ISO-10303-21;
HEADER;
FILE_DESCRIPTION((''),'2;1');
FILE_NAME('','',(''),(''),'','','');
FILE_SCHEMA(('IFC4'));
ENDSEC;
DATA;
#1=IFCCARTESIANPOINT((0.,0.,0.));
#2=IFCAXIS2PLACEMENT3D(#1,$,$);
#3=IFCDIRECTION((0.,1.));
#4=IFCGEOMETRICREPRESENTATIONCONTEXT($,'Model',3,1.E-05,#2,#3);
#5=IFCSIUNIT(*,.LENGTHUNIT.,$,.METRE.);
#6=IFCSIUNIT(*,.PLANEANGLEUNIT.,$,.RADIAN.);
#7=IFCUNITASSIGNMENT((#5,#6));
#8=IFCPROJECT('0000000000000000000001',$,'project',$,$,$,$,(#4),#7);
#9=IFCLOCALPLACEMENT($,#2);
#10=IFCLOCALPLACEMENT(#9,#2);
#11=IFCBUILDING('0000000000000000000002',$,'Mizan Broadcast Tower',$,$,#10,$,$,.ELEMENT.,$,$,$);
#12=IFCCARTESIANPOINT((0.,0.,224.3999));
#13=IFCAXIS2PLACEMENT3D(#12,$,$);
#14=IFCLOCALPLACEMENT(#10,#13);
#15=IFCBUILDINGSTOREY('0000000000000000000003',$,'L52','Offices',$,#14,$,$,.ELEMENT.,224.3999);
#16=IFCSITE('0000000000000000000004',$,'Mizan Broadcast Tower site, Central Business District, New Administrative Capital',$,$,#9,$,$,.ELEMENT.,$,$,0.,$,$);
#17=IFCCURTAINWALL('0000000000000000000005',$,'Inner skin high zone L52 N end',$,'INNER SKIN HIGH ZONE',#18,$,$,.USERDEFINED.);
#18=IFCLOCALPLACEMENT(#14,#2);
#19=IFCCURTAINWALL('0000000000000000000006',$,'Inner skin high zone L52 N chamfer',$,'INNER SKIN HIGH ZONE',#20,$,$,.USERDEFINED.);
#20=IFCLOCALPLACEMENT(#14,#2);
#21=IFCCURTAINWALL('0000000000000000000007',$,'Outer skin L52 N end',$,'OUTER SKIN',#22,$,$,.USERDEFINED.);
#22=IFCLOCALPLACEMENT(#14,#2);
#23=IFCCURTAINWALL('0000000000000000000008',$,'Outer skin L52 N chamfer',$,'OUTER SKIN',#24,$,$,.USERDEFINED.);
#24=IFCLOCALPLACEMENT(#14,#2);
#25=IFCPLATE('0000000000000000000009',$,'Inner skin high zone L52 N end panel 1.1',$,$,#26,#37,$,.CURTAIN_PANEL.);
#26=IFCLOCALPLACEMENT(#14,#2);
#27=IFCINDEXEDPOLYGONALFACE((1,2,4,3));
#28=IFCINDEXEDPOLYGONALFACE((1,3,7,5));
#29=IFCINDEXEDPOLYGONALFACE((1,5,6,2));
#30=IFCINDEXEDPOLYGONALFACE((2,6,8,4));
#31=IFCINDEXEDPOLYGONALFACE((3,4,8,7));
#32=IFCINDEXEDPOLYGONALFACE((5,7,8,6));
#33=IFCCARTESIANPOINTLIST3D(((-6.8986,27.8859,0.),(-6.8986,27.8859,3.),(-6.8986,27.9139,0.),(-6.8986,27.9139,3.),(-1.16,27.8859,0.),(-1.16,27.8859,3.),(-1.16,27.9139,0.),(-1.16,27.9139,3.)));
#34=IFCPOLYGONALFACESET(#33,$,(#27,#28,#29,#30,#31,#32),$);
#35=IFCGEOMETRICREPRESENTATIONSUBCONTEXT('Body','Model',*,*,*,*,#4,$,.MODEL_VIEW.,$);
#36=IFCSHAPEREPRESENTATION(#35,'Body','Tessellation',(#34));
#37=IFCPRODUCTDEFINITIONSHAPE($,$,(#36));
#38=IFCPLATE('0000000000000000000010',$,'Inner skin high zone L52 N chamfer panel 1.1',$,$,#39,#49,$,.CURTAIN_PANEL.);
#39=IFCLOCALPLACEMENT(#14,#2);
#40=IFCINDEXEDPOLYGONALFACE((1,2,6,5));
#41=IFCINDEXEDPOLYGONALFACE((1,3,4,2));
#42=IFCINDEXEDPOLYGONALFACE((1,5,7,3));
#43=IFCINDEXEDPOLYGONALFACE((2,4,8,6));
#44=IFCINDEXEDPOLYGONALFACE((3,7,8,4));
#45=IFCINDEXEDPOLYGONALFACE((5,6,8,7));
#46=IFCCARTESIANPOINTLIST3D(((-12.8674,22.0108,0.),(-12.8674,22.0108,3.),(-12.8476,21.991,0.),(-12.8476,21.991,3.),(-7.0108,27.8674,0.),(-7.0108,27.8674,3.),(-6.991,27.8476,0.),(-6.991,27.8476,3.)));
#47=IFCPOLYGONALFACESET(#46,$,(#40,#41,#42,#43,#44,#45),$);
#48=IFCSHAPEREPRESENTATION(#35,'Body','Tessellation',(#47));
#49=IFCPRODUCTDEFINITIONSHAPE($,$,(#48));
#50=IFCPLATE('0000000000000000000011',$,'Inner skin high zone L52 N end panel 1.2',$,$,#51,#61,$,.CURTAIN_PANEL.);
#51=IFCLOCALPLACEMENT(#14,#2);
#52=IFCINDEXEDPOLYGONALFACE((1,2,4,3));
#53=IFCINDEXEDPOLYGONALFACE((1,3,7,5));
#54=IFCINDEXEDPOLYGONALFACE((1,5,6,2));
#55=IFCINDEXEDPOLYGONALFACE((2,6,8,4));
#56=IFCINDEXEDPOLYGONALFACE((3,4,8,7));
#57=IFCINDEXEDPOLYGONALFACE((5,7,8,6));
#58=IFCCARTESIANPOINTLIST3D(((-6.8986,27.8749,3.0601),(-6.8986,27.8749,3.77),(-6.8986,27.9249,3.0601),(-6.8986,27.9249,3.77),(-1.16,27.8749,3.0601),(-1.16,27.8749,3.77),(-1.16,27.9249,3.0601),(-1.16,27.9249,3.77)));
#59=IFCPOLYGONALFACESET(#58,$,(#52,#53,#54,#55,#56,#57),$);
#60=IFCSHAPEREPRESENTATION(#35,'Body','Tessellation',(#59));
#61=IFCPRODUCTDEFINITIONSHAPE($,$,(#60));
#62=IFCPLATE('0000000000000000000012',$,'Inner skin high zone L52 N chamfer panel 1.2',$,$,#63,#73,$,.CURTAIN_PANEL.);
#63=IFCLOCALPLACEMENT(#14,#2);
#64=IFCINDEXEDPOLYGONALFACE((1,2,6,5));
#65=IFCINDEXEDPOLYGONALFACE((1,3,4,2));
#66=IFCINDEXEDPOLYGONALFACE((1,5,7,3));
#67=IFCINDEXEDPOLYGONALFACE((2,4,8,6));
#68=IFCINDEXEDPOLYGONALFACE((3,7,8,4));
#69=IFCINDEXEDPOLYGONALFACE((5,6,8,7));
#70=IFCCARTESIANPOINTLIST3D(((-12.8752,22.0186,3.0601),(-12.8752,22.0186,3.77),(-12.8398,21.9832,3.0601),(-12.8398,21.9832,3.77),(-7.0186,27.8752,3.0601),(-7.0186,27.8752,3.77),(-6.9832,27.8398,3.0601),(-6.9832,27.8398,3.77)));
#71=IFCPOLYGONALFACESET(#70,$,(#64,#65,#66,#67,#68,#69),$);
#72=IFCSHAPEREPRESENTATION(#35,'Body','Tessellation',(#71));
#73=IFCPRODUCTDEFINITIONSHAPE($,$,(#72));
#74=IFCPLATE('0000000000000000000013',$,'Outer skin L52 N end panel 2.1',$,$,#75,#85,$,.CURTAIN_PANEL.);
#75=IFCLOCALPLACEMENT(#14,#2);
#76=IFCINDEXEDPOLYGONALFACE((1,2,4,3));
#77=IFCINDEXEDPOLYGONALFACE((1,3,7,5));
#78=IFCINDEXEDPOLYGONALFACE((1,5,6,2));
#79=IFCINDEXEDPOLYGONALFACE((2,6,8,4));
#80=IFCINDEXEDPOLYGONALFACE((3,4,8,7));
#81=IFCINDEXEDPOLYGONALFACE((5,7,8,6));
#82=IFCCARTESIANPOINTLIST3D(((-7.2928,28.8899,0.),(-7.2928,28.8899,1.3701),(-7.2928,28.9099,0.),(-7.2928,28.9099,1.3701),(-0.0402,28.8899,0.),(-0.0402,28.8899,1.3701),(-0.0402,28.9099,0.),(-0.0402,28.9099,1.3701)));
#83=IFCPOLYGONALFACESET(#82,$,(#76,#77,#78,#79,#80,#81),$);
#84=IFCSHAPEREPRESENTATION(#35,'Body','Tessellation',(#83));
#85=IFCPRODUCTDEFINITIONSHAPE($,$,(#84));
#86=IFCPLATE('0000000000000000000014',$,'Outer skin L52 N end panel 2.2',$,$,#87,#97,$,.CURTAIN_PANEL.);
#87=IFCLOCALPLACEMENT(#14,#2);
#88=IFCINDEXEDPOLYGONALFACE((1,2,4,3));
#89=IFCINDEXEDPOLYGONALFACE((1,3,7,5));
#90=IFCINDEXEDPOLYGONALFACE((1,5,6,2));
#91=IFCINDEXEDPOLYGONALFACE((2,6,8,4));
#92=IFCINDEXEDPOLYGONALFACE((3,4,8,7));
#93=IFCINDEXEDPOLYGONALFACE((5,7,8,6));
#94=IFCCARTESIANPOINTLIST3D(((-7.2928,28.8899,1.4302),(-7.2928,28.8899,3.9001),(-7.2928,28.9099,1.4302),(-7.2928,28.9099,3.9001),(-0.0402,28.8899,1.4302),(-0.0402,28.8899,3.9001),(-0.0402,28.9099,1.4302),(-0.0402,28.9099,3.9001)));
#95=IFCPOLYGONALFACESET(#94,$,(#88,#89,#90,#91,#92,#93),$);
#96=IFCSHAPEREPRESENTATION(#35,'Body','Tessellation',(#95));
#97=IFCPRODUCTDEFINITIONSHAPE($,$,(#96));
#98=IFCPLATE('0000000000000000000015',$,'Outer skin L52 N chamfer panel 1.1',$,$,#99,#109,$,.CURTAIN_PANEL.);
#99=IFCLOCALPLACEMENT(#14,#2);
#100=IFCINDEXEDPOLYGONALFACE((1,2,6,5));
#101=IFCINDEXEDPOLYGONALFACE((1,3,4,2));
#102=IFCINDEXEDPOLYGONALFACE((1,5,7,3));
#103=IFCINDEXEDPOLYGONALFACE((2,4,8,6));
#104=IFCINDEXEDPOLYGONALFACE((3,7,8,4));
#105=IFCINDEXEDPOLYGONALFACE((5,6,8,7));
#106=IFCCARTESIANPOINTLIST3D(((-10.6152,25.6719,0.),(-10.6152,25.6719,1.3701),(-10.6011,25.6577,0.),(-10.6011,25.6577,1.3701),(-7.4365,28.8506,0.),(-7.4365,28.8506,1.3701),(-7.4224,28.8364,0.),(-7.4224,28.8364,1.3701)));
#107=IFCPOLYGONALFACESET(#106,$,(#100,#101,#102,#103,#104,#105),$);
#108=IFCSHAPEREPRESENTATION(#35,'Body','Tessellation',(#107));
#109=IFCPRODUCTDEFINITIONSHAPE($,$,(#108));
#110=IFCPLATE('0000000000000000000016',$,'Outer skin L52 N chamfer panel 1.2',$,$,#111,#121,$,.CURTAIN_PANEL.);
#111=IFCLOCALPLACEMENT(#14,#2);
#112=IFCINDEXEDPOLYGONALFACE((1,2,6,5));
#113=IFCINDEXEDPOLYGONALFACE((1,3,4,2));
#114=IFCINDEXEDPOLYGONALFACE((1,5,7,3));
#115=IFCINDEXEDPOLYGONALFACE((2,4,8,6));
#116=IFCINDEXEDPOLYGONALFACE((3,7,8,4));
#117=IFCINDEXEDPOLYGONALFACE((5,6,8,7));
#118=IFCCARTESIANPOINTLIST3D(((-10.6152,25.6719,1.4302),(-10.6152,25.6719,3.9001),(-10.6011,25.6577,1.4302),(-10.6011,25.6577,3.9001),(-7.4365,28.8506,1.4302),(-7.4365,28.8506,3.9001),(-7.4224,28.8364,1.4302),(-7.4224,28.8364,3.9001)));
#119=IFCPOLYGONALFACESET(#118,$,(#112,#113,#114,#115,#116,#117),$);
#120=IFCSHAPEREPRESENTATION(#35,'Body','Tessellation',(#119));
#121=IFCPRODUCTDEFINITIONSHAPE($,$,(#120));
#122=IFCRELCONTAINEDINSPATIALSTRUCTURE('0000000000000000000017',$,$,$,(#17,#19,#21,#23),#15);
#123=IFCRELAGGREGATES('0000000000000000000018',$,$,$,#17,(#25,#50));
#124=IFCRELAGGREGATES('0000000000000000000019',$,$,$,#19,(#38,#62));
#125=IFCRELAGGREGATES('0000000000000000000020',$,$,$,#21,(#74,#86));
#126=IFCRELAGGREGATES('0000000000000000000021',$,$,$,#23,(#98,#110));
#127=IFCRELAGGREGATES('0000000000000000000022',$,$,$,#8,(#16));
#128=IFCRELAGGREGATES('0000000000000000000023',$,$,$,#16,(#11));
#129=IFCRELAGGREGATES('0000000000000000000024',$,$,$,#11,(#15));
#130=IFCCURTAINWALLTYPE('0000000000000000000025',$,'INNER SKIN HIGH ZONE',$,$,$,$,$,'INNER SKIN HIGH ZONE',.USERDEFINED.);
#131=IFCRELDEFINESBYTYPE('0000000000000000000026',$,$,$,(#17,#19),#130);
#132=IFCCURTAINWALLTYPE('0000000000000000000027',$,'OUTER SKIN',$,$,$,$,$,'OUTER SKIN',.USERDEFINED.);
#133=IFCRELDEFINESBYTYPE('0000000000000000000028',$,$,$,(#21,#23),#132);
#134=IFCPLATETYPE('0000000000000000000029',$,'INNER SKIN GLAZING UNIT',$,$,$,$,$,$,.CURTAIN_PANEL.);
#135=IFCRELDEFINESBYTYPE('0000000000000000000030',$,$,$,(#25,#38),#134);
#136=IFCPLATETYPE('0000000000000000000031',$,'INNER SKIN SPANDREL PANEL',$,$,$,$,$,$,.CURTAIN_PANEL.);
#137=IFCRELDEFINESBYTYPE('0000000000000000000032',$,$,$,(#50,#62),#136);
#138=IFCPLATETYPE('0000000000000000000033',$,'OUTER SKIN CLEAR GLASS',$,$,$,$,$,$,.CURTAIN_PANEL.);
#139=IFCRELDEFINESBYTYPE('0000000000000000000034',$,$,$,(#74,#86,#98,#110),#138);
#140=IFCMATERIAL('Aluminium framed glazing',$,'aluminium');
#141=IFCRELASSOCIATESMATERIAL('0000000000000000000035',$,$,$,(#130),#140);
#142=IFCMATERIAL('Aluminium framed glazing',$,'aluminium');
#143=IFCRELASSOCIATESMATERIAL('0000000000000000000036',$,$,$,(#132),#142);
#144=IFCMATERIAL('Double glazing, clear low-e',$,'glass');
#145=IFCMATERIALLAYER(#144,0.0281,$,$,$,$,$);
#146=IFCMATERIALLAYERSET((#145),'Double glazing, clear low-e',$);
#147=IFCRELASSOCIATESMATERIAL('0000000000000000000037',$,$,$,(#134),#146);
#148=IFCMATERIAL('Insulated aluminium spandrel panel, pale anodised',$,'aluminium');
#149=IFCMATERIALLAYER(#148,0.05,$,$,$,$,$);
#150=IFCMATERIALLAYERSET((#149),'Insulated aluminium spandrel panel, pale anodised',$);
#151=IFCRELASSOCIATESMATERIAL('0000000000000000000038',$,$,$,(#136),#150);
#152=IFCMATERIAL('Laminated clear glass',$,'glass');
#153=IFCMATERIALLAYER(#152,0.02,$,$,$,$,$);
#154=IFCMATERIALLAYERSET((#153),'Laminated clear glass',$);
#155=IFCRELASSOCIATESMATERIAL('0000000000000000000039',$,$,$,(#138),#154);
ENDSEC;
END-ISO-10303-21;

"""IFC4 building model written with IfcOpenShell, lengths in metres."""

from ifc_helpers import new_model, si_unit, direction, frame, origin, origin_2d, place, context, subcontext, project, spatial, rectangle, extrude, material, layer, layer_set, type_object, element, aggregate, save


model = new_model("IFC4")

# Units and contexts
model_context = context("Model", 3, precision=1e-05, world=origin(), true_north=direction((0.0, 1.0)))
body_context = subcontext(model_context, "Body", "Model", "MODEL_VIEW")
ifc_project = project(units=[si_unit("LENGTHUNIT", "METRE"), si_unit("PLANEANGLEUNIT", "RADIAN")], contexts=[model_context])

# Site, building, storey
site_placement = place(None, origin())
site = spatial("IfcSite", under=ifc_project, at=site_placement, Name="Mizan Broadcast Tower site, Central Business District, New Administrative Capital", CompositionType="ELEMENT", RefElevation=0.0)
building_placement = place(site_placement, origin())
building = spatial("IfcBuilding", under=site, at=building_placement, Name="Mizan Broadcast Tower", CompositionType="ELEMENT")
storey_placement = place(building_placement, frame((0.0, 0.0, 224.3999)))
storey = spatial("IfcBuildingStorey", under=building, at=storey_placement, Name="L52", Description="Offices", CompositionType="ELEMENT", Elevation=224.3999)

# Curtain wall
ifc_material_1 = material(Name="Aluminium framed glazing", Category="aluminium")
curtain_wall_type_1 = type_object("IfcCurtainWallType", Name="INNER SKIN HIGH ZONE", ElementType="INNER SKIN HIGH ZONE", PredefinedType="USERDEFINED", material=ifc_material_1)
curtain_wall_1_placement = place(storey_placement, origin())
curtain_wall_1 = element("IfcCurtainWall", 1, at=curtain_wall_1_placement, inside=storey, type_object=curtain_wall_type_1, Name="Inner skin high zone L52 N end", ObjectType="INNER SKIN HIGH ZONE", PredefinedType="USERDEFINED")

# Curtain walls
curtain_wall_2_placement = place(storey_placement, origin())
curtain_wall_2 = element("IfcCurtainWall", 2, at=curtain_wall_2_placement, inside=storey, type_object=curtain_wall_type_1, Name="Inner skin high zone L52 N chamfer", ObjectType="INNER SKIN HIGH ZONE", PredefinedType="USERDEFINED")
ifc_material_2 = material(Name="Aluminium framed glazing", Category="aluminium")
curtain_wall_type_2 = type_object("IfcCurtainWallType", Name="OUTER SKIN", ElementType="OUTER SKIN", PredefinedType="USERDEFINED", material=ifc_material_2)
curtain_wall_3_placement = place(storey_placement, origin())
curtain_wall_3 = element("IfcCurtainWall", 3, at=curtain_wall_3_placement, inside=storey, type_object=curtain_wall_type_2, Name="Outer skin L52 N end", ObjectType="OUTER SKIN", PredefinedType="USERDEFINED")
curtain_wall_4_placement = place(storey_placement, origin())
curtain_wall_4 = element("IfcCurtainWall", 4, at=curtain_wall_4_placement, inside=storey, type_object=curtain_wall_type_2, Name="Outer skin L52 N chamfer", ObjectType="OUTER SKIN", PredefinedType="USERDEFINED")

# Plates
ifc_material_3 = material(Name="Double glazing, clear low-e", Category="glass")
ifc_layer_1 = layer(ifc_material_3, 0.0281)
ifc_layer_set_1 = layer_set([ifc_layer_1], Name="Double glazing, clear low-e")
plate_type_1 = type_object("IfcPlateType", Name="INNER SKIN GLAZING UNIT", PredefinedType="CURTAIN_PANEL", material=ifc_layer_set_1)
plate_1_placement = place(storey_placement, frame((-4.0293, 27.8999, 0.0), z_axis=(0.0, 0.0, 1.0), x_axis=(-1.0, 0.0, 0.0)))
plate_1 = element("IfcPlate", 5, at=plate_1_placement, type_object=plate_type_1, Name="Inner skin high zone L52 N end panel 1.1", PredefinedType="CURTAIN_PANEL", context=body_context, shape_type="SweptSolid", body=[
    extrude(rectangle(XDim=5.7385, YDim=0.0281, at=origin_2d()), origin(), (0.0, 0.0, 1.0), 3.0),
])
plate_2_placement = place(storey_placement, frame((-9.9292, 24.9292, 0.0), z_axis=(0.0, 0.0, 1.0), x_axis=(-0.707107, -0.707107, 0.0)))
plate_2 = element("IfcPlate", 6, at=plate_2_placement, type_object=plate_type_1, Name="Inner skin high zone L52 N chamfer panel 1.1", PredefinedType="CURTAIN_PANEL", context=body_context, shape_type="SweptSolid", body=[
    extrude(rectangle(XDim=8.2825, YDim=0.0281, at=origin_2d()), origin(), (0.0, 0.0, 1.0), 3.0),
])
ifc_material_4 = material(Name="Insulated aluminium spandrel panel, pale anodised", Category="aluminium")
ifc_layer_2 = layer(ifc_material_4, 0.05)
ifc_layer_set_2 = layer_set([ifc_layer_2], Name="Insulated aluminium spandrel panel, pale anodised")
plate_type_2 = type_object("IfcPlateType", Name="INNER SKIN SPANDREL PANEL", PredefinedType="CURTAIN_PANEL", material=ifc_layer_set_2)
plate_3_placement = place(storey_placement, frame((-4.0293, 27.8999, 3.0601), z_axis=(0.0, 0.0, 1.0), x_axis=(-1.0, 0.0, 0.0)))
plate_3 = element("IfcPlate", 7, at=plate_3_placement, type_object=plate_type_2, Name="Inner skin high zone L52 N end panel 1.2", PredefinedType="CURTAIN_PANEL", context=body_context, shape_type="SweptSolid", body=[
    extrude(rectangle(XDim=5.7385, YDim=0.05, at=origin_2d()), origin(), (0.0, 0.0, 1.0), 0.71),
])
aggregate(curtain_wall_1, [plate_1, plate_3])
plate_4_placement = place(storey_placement, frame((-9.9292, 24.9292, 3.0601), z_axis=(0.0, 0.0, 1.0), x_axis=(-0.707107, -0.707107, 0.0)))
plate_4 = element("IfcPlate", 8, at=plate_4_placement, type_object=plate_type_2, Name="Inner skin high zone L52 N chamfer panel 1.2", PredefinedType="CURTAIN_PANEL", context=body_context, shape_type="SweptSolid", body=[
    extrude(rectangle(XDim=8.2825, YDim=0.05, at=origin_2d()), origin(), (0.0, 0.0, 1.0), 0.71),
])
aggregate(curtain_wall_2, [plate_2, plate_4])
ifc_material_5 = material(Name="Laminated clear glass", Category="glass")
ifc_layer_3 = layer(ifc_material_5, 0.02)
ifc_layer_set_3 = layer_set([ifc_layer_3], Name="Laminated clear glass")
plate_type_3 = type_object("IfcPlateType", Name="OUTER SKIN CLEAR GLASS", PredefinedType="CURTAIN_PANEL", material=ifc_layer_set_3)
plate_5_placement = place(storey_placement, frame((-3.6665, 28.8999, 0.0), z_axis=(0.0, 0.0, 1.0), x_axis=(-1.0, 0.0, 0.0)))
plate_5 = element("IfcPlate", 9, at=plate_5_placement, type_object=plate_type_3, Name="Outer skin L52 N end panel 2.1", PredefinedType="CURTAIN_PANEL", context=body_context, shape_type="SweptSolid", body=[
    extrude(rectangle(XDim=7.2527, YDim=0.02, at=origin_2d()), origin(), (0.0, 0.0, 1.0), 1.3701),
])
plate_6_placement = place(storey_placement, frame((-3.6665, 28.8999, 1.4302), z_axis=(0.0, 0.0, 1.0), x_axis=(-1.0, 0.0, 0.0)))
plate_6 = element("IfcPlate", 10, at=plate_6_placement, type_object=plate_type_3, Name="Outer skin L52 N end panel 2.2", PredefinedType="CURTAIN_PANEL", context=body_context, shape_type="SweptSolid", body=[
    extrude(rectangle(XDim=7.2527, YDim=0.02, at=origin_2d()), origin(), (0.0, 0.0, 1.0), 2.47),
])
aggregate(curtain_wall_3, [plate_5, plate_6])
plate_7_placement = place(storey_placement, frame((-9.0188, 27.2542, 0.0), z_axis=(0.0, 0.0, 1.0), x_axis=(-0.707107, -0.707107, 0.0)))
plate_7 = element("IfcPlate", 11, at=plate_7_placement, type_object=plate_type_3, Name="Outer skin L52 N chamfer panel 1.1", PredefinedType="CURTAIN_PANEL", context=body_context, shape_type="SweptSolid", body=[
    extrude(rectangle(XDim=4.4954, YDim=0.02, at=origin_2d()), origin(), (0.0, 0.0, 1.0), 1.3701),
])
plate_8_placement = place(storey_placement, frame((-9.0188, 27.2542, 1.4302), z_axis=(0.0, 0.0, 1.0), x_axis=(-0.707107, -0.707107, 0.0)))
plate_8 = element("IfcPlate", 12, at=plate_8_placement, type_object=plate_type_3, Name="Outer skin L52 N chamfer panel 1.2", PredefinedType="CURTAIN_PANEL", context=body_context, shape_type="SweptSolid", body=[
    extrude(rectangle(XDim=4.4954, YDim=0.02, at=origin_2d()), origin(), (0.0, 0.0, 1.0), 2.47),
])
aggregate(curtain_wall_4, [plate_7, plate_8])

save(model, "model.ifc")
